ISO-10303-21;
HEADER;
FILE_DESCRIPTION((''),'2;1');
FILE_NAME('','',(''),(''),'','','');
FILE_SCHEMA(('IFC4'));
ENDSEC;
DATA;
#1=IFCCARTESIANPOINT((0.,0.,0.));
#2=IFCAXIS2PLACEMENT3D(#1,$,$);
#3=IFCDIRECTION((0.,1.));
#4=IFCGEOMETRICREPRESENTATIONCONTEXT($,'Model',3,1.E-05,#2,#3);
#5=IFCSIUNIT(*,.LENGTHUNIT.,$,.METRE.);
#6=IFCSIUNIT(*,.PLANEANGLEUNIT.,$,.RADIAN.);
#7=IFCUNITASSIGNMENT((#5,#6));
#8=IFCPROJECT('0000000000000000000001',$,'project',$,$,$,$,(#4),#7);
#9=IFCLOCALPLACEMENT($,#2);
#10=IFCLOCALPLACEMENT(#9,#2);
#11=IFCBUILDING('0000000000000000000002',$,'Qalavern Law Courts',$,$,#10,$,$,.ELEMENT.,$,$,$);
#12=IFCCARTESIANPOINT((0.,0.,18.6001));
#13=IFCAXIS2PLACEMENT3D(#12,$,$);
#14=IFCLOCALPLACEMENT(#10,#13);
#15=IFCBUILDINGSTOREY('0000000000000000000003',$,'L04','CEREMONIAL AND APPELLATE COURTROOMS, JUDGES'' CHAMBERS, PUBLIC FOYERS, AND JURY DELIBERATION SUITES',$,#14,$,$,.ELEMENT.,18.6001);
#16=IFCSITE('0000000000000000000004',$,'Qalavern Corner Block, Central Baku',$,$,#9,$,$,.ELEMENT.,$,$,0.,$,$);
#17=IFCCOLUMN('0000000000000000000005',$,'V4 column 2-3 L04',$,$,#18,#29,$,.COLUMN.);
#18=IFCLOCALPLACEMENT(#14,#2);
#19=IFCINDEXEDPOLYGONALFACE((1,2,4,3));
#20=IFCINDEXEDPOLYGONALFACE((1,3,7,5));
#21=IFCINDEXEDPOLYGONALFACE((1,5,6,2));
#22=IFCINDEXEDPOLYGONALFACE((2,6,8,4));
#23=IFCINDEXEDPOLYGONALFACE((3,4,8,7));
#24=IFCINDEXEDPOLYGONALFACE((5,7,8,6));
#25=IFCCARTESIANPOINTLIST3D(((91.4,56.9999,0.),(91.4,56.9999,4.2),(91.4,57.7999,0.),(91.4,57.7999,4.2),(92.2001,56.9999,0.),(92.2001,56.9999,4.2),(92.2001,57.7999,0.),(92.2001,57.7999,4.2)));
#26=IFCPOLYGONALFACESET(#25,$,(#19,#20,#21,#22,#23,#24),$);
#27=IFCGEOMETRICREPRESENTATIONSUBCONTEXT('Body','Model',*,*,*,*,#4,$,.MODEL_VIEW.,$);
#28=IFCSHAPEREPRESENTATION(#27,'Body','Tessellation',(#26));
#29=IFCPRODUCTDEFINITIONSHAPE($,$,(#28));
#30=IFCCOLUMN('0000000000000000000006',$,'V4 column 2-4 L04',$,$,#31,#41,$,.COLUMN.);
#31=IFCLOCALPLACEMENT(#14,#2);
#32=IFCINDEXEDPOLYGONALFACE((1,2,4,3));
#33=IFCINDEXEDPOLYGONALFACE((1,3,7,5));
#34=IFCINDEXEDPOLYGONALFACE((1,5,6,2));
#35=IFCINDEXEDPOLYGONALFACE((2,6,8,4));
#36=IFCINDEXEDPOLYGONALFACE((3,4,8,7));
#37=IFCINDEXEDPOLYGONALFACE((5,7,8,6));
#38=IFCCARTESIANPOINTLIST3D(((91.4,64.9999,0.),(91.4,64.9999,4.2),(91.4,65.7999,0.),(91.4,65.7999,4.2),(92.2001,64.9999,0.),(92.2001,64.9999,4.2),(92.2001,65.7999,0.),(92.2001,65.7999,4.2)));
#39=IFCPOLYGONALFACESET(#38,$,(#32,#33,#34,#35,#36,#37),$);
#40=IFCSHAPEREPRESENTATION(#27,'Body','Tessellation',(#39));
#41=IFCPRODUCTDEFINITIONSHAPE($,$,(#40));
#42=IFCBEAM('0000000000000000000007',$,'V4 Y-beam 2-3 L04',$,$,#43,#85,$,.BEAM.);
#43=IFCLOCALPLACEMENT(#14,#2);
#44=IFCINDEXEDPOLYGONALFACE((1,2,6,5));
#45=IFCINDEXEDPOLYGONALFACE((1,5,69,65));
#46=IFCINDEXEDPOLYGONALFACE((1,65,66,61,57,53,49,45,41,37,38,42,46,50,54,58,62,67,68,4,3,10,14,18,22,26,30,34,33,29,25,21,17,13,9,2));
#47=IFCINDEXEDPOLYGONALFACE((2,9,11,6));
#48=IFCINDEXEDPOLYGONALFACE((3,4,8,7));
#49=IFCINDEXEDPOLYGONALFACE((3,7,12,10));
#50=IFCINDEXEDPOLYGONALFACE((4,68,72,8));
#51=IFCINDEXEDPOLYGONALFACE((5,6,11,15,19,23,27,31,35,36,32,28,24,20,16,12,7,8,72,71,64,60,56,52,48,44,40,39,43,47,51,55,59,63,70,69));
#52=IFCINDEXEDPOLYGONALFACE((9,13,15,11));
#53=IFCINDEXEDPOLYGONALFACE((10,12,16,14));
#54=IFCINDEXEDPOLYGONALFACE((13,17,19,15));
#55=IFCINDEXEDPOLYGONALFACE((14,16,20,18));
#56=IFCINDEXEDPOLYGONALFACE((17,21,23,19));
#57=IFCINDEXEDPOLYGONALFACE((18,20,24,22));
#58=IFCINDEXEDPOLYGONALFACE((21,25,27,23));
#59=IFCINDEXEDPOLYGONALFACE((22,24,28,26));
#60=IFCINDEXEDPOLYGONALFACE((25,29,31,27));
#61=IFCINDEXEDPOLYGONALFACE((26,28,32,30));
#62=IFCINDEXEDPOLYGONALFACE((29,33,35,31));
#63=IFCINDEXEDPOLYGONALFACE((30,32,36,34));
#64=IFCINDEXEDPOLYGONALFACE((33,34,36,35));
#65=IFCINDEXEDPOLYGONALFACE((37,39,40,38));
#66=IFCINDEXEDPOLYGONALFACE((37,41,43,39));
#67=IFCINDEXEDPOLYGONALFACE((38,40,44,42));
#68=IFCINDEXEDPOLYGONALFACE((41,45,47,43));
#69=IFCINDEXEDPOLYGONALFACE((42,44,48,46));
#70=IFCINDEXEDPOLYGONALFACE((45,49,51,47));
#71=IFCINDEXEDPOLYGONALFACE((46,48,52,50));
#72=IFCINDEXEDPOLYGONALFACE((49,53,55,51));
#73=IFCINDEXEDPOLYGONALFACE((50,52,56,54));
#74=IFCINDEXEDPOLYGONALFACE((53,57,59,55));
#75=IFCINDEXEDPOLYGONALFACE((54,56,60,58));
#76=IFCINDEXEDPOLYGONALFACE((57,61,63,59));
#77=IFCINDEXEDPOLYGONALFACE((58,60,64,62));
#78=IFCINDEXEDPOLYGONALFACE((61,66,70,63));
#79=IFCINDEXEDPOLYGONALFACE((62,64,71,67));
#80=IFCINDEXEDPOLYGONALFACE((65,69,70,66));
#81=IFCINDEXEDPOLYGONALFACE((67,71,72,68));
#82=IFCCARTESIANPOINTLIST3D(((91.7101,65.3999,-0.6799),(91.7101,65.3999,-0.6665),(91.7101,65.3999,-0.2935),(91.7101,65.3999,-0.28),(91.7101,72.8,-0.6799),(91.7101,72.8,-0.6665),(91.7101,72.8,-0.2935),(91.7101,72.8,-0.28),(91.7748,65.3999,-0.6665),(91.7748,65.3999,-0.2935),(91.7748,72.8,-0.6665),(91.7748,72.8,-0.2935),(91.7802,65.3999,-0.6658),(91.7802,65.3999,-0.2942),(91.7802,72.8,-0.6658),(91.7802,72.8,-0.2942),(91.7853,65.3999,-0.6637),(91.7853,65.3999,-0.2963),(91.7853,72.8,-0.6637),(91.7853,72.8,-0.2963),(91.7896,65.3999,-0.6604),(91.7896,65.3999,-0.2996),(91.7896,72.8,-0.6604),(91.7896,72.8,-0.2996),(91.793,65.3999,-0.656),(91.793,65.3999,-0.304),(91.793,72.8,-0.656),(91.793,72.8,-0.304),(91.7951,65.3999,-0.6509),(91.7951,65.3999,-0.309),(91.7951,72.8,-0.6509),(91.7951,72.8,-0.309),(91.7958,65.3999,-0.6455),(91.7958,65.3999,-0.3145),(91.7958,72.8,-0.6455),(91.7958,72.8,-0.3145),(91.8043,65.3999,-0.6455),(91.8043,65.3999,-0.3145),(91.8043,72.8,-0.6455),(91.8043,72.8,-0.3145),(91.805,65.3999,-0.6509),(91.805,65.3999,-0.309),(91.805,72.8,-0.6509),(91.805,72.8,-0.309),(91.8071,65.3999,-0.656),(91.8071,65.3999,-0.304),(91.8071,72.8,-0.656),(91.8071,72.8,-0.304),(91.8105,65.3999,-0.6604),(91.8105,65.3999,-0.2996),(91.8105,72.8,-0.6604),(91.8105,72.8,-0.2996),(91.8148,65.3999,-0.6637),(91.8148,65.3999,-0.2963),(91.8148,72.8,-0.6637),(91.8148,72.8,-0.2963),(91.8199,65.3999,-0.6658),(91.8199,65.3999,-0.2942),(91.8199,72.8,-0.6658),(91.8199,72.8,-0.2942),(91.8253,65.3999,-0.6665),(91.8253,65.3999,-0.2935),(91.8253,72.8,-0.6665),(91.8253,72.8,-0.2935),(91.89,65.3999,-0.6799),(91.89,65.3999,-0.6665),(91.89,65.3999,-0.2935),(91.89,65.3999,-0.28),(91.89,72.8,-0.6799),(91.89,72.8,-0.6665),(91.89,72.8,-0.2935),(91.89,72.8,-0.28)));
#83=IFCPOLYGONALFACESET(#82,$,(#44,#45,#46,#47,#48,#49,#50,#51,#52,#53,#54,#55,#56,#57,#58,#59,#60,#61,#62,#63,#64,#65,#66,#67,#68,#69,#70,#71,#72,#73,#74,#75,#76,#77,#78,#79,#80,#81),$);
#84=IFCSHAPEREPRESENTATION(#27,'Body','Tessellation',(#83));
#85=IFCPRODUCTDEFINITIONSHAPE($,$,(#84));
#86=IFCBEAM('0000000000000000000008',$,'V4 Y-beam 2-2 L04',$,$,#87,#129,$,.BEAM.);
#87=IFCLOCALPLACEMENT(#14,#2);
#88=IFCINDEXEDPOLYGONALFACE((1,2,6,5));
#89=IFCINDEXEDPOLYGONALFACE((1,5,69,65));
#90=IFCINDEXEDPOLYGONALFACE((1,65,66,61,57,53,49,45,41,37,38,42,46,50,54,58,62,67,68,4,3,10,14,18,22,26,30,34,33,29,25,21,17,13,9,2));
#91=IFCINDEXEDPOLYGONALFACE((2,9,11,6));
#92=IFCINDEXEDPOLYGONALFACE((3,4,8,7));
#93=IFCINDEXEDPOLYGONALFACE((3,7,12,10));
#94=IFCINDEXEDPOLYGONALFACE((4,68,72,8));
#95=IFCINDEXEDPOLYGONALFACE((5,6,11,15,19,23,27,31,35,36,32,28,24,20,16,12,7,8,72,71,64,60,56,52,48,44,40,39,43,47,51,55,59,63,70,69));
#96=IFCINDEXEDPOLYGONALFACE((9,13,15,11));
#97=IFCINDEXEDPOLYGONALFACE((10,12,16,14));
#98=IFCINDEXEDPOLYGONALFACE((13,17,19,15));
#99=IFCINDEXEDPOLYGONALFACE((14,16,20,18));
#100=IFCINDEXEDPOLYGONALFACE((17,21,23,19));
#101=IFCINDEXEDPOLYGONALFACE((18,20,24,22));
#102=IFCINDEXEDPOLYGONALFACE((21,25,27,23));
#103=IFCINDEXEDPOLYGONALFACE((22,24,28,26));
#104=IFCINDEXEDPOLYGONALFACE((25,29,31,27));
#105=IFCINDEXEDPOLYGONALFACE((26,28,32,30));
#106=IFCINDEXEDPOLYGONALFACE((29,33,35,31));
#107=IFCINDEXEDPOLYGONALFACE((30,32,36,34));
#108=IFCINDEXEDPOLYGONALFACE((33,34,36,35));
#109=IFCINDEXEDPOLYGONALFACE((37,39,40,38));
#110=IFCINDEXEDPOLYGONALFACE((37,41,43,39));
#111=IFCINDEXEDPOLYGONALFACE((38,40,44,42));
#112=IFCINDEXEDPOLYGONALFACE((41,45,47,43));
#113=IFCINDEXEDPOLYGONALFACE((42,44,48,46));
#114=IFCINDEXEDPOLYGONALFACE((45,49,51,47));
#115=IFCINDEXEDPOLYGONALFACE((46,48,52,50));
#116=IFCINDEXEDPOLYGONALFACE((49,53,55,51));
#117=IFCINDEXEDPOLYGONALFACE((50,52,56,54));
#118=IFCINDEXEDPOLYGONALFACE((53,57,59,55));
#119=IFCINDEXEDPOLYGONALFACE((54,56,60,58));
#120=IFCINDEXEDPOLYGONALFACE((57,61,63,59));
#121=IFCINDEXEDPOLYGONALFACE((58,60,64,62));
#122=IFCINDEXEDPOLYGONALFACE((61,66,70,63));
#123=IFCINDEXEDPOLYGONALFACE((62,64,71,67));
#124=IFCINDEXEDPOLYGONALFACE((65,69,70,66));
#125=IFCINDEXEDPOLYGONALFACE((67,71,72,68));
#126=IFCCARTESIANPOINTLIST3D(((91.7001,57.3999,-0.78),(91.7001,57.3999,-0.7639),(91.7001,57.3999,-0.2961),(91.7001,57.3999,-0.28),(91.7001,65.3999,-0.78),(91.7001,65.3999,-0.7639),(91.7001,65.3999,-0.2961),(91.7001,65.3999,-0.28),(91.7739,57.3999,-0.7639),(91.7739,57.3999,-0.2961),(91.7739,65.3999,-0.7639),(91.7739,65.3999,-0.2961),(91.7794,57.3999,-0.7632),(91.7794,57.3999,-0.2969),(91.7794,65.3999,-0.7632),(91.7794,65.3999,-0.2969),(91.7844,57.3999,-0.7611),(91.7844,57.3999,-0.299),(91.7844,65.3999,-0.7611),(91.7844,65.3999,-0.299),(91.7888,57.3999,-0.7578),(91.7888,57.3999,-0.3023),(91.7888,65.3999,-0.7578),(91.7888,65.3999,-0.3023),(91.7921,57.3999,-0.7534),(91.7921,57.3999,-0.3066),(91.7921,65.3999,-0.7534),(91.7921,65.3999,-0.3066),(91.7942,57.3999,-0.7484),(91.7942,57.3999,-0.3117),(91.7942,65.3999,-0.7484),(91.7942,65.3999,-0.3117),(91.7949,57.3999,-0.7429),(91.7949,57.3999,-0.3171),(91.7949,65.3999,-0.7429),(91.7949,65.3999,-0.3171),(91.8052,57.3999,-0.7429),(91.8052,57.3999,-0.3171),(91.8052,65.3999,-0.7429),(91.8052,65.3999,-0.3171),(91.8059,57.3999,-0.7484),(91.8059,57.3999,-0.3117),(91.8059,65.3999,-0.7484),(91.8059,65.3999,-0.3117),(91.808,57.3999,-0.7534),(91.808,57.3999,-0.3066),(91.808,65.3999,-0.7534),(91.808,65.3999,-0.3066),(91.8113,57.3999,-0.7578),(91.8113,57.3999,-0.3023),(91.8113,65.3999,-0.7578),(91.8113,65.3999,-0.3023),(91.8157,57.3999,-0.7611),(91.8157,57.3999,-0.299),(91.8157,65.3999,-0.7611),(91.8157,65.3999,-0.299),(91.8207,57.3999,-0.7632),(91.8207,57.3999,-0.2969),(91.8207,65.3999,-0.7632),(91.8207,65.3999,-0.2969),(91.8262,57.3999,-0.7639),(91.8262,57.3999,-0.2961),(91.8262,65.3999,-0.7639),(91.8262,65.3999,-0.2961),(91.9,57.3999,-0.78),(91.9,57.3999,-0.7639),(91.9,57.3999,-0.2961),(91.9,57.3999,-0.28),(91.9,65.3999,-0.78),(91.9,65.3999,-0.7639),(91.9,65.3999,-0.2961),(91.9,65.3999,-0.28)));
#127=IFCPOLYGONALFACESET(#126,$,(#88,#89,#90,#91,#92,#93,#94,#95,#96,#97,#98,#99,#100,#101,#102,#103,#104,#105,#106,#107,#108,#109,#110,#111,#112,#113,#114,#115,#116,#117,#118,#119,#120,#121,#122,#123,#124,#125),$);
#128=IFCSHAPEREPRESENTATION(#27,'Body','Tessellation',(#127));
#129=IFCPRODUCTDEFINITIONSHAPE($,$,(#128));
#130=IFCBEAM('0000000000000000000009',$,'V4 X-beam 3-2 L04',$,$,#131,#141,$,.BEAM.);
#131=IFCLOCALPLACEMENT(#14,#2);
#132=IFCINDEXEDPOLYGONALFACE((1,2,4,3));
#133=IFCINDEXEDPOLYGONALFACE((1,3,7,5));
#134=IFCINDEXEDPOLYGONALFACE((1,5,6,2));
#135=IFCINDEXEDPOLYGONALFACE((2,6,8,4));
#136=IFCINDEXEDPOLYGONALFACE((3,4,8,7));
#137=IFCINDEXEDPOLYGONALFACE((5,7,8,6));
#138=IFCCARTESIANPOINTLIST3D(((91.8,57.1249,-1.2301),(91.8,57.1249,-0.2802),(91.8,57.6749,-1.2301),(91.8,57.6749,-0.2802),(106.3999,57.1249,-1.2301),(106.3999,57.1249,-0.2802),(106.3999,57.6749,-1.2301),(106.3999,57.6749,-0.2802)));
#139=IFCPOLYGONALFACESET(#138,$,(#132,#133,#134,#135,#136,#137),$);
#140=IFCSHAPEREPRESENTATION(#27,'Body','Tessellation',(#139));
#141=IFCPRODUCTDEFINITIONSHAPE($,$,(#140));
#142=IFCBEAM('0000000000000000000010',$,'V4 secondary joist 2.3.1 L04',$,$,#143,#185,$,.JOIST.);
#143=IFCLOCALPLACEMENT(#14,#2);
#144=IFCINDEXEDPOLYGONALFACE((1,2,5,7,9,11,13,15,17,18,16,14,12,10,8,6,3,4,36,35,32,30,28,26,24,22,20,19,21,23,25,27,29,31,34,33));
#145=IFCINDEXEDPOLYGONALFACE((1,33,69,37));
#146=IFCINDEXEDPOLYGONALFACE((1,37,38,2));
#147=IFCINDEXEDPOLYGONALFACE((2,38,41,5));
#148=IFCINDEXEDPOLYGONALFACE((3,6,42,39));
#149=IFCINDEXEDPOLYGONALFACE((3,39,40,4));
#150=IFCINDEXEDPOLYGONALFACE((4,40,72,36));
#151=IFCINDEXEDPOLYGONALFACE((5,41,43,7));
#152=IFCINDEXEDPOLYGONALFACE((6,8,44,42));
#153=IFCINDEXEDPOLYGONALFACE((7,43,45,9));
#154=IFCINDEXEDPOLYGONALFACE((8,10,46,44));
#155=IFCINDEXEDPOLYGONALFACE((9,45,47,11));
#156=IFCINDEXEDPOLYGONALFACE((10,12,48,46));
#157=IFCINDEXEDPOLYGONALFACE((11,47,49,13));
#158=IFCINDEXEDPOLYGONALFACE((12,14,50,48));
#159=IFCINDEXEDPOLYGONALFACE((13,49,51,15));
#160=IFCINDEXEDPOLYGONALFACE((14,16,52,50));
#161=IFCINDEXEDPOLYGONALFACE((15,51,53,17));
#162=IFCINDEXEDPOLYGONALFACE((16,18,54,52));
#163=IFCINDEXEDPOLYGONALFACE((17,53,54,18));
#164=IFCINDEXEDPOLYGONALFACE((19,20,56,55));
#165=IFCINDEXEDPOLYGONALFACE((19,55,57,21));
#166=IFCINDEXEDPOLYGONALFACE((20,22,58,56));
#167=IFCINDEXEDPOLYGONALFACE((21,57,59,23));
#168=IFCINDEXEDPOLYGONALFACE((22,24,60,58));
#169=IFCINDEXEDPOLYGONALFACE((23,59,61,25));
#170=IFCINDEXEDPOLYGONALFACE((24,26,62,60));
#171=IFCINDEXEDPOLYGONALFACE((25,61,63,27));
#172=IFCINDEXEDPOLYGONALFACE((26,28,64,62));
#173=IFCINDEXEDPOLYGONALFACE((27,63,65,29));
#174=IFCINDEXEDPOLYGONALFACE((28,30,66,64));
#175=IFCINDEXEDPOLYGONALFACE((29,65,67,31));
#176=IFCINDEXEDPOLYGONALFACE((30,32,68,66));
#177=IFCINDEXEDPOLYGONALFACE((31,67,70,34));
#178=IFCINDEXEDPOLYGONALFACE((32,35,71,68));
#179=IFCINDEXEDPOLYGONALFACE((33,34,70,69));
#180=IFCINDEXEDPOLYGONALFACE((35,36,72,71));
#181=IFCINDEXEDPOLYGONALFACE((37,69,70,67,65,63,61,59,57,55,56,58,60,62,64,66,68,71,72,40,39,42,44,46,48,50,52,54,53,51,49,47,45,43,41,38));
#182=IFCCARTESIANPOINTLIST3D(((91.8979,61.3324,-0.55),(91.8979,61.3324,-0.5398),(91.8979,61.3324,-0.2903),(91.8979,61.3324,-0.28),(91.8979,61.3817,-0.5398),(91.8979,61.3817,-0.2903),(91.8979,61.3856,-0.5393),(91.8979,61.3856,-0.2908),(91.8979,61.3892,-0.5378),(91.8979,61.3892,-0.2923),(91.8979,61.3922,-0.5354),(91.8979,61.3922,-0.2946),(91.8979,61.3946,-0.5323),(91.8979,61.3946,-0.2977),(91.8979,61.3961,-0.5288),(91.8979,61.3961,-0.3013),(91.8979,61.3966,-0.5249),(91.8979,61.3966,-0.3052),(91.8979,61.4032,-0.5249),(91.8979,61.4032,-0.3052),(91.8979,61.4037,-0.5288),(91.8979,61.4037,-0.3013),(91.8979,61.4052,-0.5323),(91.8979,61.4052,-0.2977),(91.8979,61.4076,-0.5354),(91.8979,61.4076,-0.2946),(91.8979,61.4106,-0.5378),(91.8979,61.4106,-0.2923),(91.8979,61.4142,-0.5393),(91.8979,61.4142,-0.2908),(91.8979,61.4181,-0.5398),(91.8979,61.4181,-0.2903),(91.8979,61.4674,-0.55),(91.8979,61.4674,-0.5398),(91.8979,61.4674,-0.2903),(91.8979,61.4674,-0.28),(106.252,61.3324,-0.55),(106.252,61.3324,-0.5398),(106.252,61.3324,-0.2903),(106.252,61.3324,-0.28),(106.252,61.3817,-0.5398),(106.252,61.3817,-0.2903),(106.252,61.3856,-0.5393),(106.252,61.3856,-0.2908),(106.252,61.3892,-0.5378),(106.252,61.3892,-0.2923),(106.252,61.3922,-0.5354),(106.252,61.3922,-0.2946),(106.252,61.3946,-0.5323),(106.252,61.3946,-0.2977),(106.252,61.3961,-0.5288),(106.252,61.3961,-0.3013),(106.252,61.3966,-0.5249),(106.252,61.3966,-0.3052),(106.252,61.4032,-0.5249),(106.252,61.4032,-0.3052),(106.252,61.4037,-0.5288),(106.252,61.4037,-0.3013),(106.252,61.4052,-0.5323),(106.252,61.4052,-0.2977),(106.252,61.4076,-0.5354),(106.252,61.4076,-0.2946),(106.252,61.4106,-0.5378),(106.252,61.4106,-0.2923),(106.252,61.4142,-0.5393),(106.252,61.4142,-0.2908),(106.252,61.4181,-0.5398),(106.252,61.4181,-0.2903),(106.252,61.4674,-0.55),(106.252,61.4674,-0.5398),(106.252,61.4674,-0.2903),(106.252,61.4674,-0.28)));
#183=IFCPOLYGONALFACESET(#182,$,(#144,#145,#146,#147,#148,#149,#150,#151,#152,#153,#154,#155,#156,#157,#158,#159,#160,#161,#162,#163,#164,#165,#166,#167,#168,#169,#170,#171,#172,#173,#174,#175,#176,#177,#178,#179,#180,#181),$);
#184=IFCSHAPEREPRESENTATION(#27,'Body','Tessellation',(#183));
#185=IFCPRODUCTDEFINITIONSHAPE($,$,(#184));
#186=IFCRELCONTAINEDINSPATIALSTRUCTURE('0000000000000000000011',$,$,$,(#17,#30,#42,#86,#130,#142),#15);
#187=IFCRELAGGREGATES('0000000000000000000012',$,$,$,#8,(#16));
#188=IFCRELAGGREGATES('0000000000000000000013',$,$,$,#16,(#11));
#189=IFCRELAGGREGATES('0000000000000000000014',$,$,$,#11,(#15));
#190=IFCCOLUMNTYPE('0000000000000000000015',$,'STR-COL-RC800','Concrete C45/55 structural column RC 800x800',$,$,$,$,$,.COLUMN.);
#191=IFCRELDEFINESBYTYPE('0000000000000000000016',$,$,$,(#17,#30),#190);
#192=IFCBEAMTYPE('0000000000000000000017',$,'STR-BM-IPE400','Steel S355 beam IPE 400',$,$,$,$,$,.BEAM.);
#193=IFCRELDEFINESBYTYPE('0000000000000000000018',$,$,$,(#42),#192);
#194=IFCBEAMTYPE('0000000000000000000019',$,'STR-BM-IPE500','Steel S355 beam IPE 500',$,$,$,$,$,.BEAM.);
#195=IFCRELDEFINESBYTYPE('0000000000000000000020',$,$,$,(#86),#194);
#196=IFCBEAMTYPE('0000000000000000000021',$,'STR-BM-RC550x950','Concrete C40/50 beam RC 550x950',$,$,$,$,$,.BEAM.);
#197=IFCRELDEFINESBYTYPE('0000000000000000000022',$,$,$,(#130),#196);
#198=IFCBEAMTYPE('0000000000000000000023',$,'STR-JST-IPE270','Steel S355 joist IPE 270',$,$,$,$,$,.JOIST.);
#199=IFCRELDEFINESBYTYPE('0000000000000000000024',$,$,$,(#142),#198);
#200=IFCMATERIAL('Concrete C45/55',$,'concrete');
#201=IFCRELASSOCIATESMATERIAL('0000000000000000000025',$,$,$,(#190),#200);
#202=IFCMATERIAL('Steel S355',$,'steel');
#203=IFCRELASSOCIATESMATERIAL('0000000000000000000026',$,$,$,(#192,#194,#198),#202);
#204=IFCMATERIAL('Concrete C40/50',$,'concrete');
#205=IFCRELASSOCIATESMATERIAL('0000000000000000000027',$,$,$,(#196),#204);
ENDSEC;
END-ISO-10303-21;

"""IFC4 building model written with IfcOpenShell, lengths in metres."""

from ifc_helpers import new_model, si_unit, direction, frame, origin, origin_2d, place, context, subcontext, project, spatial, rectangle, i_section, extrude, material, material_profile, profile_set, type_object, element, save


model = new_model("IFC4")

# Units and contexts
model_context = context("Model", 3, precision=1e-05, world=origin(), true_north=direction((0.0, 1.0)))
body_context = subcontext(model_context, "Body", "Model", "MODEL_VIEW")
ifc_project = project(units=[si_unit("LENGTHUNIT", "METRE"), si_unit("PLANEANGLEUNIT", "RADIAN")], contexts=[model_context])

# Site, building, storey
site_placement = place(None, origin())
site = spatial("IfcSite", under=ifc_project, at=site_placement, Name="Qalavern Corner Block, Central Baku", CompositionType="ELEMENT", RefElevation=0.0)
building_placement = place(site_placement, origin())
building = spatial("IfcBuilding", under=site, at=building_placement, Name="Qalavern Law Courts", CompositionType="ELEMENT")
storey_placement = place(building_placement, frame((0.0, 0.0, 18.6001)))
storey = spatial("IfcBuildingStorey", under=building, at=storey_placement, Name="L04", Description="CEREMONIAL AND APPELLATE COURTROOMS, JUDGES' CHAMBERS, PUBLIC FOYERS, AND JURY DELIBERATION SUITES", CompositionType="ELEMENT", Elevation=18.6001)

# Columns
ifc_material_1 = material(Name="Concrete C45/55", Category="concrete")
ifc_material_profile_1 = material_profile(ifc_material_1, rectangle(XDim=0.8, YDim=0.8, at=origin_2d()), Name="RC 800x800")
ifc_profile_set_1 = profile_set([ifc_material_profile_1], Name="Concrete C45/55")
column_type = type_object("IfcColumnType", Name="STR-COL-RC800", Description="Concrete C45/55 structural column RC 800x800", PredefinedType="COLUMN", material=ifc_profile_set_1)
for number, where, z_axis, x_axis, name in (
    (1, (91.8, 57.3999, 0.0), (0.0, 0.0, 1.0), (1.0, 0.0, 0.0), "V4 column 2-3 L04"),
    (2, (91.8, 65.3999, 0.0), (0.0, 0.0, 1.0), (1.0, 0.0, 0.0), "V4 column 2-4 L04"),
):
    element("IfcColumn", number, at=place(storey_placement, frame(where, z_axis=z_axis, x_axis=x_axis)), inside=storey, type_object=column_type, Name=name, PredefinedType="COLUMN", context=body_context, shape_type="SweptSolid", body=[
        extrude(rectangle(XDim=0.8, YDim=0.8, at=origin_2d()), origin(), (0.0, 0.0, 1.0), 4.2),
    ])

# Beams
ifc_material_2 = material(Name="Steel S355", Category="steel")
ifc_material_profile_2 = material_profile(ifc_material_2, i_section(OverallWidth=0.1799, OverallDepth=0.3999, WebThickness=0.0085, FlangeThickness=0.0134, FilletRadius=0.021, at=origin_2d()), Name="IPE 400")
ifc_profile_set_2 = profile_set([ifc_material_profile_2], Name="Steel S355")
beam_type_1 = type_object("IfcBeamType", Name="STR-BM-IPE400", Description="Steel S355 beam IPE 400", PredefinedType="BEAM", material=ifc_profile_set_2)
beam_1_placement = place(storey_placement, frame((91.8, 65.3999, -0.48), z_axis=(0.0, 1.0, 0.0), x_axis=(-1.0, 0.0, 0.0)))
element("IfcBeam", 3, at=beam_1_placement, inside=storey, type_object=beam_type_1, Name="V4 Y-beam 2-3 L04", PredefinedType="BEAM", context=body_context, shape_type="SweptSolid", body=[
    extrude(i_section(OverallWidth=0.1799, OverallDepth=0.3999, WebThickness=0.0085, FlangeThickness=0.0134, FilletRadius=0.021, at=origin_2d()), origin(), (0.0, 0.0, 1.0), 7.4001),
])
ifc_material_profile_3 = material_profile(ifc_material_2, i_section(OverallWidth=0.2, OverallDepth=0.5, WebThickness=0.0103, FlangeThickness=0.0161, FilletRadius=0.021, at=origin_2d()), Name="IPE 500")
ifc_profile_set_3 = profile_set([ifc_material_profile_3], Name="Steel S355")
beam_type_2 = type_object("IfcBeamType", Name="STR-BM-IPE500", Description="Steel S355 beam IPE 500", PredefinedType="BEAM", material=ifc_profile_set_3)
beam_2_placement = place(storey_placement, frame((91.8, 57.3999, -0.53), z_axis=(0.0, 1.0, 0.0), x_axis=(-1.0, 0.0, 0.0)))
element("IfcBeam", 4, at=beam_2_placement, inside=storey, type_object=beam_type_2, Name="V4 Y-beam 2-2 L04", PredefinedType="BEAM", context=body_context, shape_type="SweptSolid", body=[
    extrude(i_section(OverallWidth=0.2, OverallDepth=0.5, WebThickness=0.0103, FlangeThickness=0.0161, FilletRadius=0.021, at=origin_2d()), origin(), (0.0, 0.0, 1.0), 8.0),
])
ifc_material_3 = material(Name="Concrete C40/50", Category="concrete")
ifc_material_profile_4 = material_profile(ifc_material_3, rectangle(XDim=0.55, YDim=0.95, at=origin_2d()), Name="RC 550x950")
ifc_profile_set_4 = profile_set([ifc_material_profile_4], Name="Concrete C40/50")
beam_type_3 = type_object("IfcBeamType", Name="STR-BM-RC550x950", Description="Concrete C40/50 beam RC 550x950", PredefinedType="BEAM", material=ifc_profile_set_4)
beam_3_placement = place(storey_placement, frame((91.8, 57.3999, -0.7551), z_axis=(1.0, 0.0, 0.0), x_axis=(0.0, 1.0, 0.0)))
element("IfcBeam", 5, at=beam_3_placement, inside=storey, type_object=beam_type_3, Name="V4 X-beam 3-2 L04", PredefinedType="BEAM", context=body_context, shape_type="SweptSolid", body=[
    extrude(rectangle(XDim=0.55, YDim=0.95, at=origin_2d()), origin(), (0.0, 0.0, 1.0), 14.5999),
])
ifc_material_profile_5 = material_profile(ifc_material_2, i_section(OverallWidth=0.135, OverallDepth=0.27, WebThickness=0.0066, FlangeThickness=0.0103, FilletRadius=0.0149, at=origin_2d()), Name="IPE 270")
ifc_profile_set_5 = profile_set([ifc_material_profile_5], Name="Steel S355")
beam_type_4 = type_object("IfcBeamType", Name="STR-JST-IPE270", Description="Steel S355 joist IPE 270", PredefinedType="JOIST", material=ifc_profile_set_5)
beam_4_placement = place(storey_placement, frame((91.8979, 61.3999, -0.415), z_axis=(1.0, 0.0, 0.0), x_axis=(0.0, 1.0, 0.0)))
element("IfcBeam", 6, at=beam_4_placement, inside=storey, type_object=beam_type_4, Name="V4 secondary joist 2.3.1 L04", PredefinedType="JOIST", context=body_context, shape_type="SweptSolid", body=[
    extrude(i_section(OverallWidth=0.135, OverallDepth=0.27, WebThickness=0.0066, FlangeThickness=0.0103, FilletRadius=0.0149, at=origin_2d()), origin(), (0.0, 0.0, 1.0), 14.354),
])

save(model, "model.ifc")
